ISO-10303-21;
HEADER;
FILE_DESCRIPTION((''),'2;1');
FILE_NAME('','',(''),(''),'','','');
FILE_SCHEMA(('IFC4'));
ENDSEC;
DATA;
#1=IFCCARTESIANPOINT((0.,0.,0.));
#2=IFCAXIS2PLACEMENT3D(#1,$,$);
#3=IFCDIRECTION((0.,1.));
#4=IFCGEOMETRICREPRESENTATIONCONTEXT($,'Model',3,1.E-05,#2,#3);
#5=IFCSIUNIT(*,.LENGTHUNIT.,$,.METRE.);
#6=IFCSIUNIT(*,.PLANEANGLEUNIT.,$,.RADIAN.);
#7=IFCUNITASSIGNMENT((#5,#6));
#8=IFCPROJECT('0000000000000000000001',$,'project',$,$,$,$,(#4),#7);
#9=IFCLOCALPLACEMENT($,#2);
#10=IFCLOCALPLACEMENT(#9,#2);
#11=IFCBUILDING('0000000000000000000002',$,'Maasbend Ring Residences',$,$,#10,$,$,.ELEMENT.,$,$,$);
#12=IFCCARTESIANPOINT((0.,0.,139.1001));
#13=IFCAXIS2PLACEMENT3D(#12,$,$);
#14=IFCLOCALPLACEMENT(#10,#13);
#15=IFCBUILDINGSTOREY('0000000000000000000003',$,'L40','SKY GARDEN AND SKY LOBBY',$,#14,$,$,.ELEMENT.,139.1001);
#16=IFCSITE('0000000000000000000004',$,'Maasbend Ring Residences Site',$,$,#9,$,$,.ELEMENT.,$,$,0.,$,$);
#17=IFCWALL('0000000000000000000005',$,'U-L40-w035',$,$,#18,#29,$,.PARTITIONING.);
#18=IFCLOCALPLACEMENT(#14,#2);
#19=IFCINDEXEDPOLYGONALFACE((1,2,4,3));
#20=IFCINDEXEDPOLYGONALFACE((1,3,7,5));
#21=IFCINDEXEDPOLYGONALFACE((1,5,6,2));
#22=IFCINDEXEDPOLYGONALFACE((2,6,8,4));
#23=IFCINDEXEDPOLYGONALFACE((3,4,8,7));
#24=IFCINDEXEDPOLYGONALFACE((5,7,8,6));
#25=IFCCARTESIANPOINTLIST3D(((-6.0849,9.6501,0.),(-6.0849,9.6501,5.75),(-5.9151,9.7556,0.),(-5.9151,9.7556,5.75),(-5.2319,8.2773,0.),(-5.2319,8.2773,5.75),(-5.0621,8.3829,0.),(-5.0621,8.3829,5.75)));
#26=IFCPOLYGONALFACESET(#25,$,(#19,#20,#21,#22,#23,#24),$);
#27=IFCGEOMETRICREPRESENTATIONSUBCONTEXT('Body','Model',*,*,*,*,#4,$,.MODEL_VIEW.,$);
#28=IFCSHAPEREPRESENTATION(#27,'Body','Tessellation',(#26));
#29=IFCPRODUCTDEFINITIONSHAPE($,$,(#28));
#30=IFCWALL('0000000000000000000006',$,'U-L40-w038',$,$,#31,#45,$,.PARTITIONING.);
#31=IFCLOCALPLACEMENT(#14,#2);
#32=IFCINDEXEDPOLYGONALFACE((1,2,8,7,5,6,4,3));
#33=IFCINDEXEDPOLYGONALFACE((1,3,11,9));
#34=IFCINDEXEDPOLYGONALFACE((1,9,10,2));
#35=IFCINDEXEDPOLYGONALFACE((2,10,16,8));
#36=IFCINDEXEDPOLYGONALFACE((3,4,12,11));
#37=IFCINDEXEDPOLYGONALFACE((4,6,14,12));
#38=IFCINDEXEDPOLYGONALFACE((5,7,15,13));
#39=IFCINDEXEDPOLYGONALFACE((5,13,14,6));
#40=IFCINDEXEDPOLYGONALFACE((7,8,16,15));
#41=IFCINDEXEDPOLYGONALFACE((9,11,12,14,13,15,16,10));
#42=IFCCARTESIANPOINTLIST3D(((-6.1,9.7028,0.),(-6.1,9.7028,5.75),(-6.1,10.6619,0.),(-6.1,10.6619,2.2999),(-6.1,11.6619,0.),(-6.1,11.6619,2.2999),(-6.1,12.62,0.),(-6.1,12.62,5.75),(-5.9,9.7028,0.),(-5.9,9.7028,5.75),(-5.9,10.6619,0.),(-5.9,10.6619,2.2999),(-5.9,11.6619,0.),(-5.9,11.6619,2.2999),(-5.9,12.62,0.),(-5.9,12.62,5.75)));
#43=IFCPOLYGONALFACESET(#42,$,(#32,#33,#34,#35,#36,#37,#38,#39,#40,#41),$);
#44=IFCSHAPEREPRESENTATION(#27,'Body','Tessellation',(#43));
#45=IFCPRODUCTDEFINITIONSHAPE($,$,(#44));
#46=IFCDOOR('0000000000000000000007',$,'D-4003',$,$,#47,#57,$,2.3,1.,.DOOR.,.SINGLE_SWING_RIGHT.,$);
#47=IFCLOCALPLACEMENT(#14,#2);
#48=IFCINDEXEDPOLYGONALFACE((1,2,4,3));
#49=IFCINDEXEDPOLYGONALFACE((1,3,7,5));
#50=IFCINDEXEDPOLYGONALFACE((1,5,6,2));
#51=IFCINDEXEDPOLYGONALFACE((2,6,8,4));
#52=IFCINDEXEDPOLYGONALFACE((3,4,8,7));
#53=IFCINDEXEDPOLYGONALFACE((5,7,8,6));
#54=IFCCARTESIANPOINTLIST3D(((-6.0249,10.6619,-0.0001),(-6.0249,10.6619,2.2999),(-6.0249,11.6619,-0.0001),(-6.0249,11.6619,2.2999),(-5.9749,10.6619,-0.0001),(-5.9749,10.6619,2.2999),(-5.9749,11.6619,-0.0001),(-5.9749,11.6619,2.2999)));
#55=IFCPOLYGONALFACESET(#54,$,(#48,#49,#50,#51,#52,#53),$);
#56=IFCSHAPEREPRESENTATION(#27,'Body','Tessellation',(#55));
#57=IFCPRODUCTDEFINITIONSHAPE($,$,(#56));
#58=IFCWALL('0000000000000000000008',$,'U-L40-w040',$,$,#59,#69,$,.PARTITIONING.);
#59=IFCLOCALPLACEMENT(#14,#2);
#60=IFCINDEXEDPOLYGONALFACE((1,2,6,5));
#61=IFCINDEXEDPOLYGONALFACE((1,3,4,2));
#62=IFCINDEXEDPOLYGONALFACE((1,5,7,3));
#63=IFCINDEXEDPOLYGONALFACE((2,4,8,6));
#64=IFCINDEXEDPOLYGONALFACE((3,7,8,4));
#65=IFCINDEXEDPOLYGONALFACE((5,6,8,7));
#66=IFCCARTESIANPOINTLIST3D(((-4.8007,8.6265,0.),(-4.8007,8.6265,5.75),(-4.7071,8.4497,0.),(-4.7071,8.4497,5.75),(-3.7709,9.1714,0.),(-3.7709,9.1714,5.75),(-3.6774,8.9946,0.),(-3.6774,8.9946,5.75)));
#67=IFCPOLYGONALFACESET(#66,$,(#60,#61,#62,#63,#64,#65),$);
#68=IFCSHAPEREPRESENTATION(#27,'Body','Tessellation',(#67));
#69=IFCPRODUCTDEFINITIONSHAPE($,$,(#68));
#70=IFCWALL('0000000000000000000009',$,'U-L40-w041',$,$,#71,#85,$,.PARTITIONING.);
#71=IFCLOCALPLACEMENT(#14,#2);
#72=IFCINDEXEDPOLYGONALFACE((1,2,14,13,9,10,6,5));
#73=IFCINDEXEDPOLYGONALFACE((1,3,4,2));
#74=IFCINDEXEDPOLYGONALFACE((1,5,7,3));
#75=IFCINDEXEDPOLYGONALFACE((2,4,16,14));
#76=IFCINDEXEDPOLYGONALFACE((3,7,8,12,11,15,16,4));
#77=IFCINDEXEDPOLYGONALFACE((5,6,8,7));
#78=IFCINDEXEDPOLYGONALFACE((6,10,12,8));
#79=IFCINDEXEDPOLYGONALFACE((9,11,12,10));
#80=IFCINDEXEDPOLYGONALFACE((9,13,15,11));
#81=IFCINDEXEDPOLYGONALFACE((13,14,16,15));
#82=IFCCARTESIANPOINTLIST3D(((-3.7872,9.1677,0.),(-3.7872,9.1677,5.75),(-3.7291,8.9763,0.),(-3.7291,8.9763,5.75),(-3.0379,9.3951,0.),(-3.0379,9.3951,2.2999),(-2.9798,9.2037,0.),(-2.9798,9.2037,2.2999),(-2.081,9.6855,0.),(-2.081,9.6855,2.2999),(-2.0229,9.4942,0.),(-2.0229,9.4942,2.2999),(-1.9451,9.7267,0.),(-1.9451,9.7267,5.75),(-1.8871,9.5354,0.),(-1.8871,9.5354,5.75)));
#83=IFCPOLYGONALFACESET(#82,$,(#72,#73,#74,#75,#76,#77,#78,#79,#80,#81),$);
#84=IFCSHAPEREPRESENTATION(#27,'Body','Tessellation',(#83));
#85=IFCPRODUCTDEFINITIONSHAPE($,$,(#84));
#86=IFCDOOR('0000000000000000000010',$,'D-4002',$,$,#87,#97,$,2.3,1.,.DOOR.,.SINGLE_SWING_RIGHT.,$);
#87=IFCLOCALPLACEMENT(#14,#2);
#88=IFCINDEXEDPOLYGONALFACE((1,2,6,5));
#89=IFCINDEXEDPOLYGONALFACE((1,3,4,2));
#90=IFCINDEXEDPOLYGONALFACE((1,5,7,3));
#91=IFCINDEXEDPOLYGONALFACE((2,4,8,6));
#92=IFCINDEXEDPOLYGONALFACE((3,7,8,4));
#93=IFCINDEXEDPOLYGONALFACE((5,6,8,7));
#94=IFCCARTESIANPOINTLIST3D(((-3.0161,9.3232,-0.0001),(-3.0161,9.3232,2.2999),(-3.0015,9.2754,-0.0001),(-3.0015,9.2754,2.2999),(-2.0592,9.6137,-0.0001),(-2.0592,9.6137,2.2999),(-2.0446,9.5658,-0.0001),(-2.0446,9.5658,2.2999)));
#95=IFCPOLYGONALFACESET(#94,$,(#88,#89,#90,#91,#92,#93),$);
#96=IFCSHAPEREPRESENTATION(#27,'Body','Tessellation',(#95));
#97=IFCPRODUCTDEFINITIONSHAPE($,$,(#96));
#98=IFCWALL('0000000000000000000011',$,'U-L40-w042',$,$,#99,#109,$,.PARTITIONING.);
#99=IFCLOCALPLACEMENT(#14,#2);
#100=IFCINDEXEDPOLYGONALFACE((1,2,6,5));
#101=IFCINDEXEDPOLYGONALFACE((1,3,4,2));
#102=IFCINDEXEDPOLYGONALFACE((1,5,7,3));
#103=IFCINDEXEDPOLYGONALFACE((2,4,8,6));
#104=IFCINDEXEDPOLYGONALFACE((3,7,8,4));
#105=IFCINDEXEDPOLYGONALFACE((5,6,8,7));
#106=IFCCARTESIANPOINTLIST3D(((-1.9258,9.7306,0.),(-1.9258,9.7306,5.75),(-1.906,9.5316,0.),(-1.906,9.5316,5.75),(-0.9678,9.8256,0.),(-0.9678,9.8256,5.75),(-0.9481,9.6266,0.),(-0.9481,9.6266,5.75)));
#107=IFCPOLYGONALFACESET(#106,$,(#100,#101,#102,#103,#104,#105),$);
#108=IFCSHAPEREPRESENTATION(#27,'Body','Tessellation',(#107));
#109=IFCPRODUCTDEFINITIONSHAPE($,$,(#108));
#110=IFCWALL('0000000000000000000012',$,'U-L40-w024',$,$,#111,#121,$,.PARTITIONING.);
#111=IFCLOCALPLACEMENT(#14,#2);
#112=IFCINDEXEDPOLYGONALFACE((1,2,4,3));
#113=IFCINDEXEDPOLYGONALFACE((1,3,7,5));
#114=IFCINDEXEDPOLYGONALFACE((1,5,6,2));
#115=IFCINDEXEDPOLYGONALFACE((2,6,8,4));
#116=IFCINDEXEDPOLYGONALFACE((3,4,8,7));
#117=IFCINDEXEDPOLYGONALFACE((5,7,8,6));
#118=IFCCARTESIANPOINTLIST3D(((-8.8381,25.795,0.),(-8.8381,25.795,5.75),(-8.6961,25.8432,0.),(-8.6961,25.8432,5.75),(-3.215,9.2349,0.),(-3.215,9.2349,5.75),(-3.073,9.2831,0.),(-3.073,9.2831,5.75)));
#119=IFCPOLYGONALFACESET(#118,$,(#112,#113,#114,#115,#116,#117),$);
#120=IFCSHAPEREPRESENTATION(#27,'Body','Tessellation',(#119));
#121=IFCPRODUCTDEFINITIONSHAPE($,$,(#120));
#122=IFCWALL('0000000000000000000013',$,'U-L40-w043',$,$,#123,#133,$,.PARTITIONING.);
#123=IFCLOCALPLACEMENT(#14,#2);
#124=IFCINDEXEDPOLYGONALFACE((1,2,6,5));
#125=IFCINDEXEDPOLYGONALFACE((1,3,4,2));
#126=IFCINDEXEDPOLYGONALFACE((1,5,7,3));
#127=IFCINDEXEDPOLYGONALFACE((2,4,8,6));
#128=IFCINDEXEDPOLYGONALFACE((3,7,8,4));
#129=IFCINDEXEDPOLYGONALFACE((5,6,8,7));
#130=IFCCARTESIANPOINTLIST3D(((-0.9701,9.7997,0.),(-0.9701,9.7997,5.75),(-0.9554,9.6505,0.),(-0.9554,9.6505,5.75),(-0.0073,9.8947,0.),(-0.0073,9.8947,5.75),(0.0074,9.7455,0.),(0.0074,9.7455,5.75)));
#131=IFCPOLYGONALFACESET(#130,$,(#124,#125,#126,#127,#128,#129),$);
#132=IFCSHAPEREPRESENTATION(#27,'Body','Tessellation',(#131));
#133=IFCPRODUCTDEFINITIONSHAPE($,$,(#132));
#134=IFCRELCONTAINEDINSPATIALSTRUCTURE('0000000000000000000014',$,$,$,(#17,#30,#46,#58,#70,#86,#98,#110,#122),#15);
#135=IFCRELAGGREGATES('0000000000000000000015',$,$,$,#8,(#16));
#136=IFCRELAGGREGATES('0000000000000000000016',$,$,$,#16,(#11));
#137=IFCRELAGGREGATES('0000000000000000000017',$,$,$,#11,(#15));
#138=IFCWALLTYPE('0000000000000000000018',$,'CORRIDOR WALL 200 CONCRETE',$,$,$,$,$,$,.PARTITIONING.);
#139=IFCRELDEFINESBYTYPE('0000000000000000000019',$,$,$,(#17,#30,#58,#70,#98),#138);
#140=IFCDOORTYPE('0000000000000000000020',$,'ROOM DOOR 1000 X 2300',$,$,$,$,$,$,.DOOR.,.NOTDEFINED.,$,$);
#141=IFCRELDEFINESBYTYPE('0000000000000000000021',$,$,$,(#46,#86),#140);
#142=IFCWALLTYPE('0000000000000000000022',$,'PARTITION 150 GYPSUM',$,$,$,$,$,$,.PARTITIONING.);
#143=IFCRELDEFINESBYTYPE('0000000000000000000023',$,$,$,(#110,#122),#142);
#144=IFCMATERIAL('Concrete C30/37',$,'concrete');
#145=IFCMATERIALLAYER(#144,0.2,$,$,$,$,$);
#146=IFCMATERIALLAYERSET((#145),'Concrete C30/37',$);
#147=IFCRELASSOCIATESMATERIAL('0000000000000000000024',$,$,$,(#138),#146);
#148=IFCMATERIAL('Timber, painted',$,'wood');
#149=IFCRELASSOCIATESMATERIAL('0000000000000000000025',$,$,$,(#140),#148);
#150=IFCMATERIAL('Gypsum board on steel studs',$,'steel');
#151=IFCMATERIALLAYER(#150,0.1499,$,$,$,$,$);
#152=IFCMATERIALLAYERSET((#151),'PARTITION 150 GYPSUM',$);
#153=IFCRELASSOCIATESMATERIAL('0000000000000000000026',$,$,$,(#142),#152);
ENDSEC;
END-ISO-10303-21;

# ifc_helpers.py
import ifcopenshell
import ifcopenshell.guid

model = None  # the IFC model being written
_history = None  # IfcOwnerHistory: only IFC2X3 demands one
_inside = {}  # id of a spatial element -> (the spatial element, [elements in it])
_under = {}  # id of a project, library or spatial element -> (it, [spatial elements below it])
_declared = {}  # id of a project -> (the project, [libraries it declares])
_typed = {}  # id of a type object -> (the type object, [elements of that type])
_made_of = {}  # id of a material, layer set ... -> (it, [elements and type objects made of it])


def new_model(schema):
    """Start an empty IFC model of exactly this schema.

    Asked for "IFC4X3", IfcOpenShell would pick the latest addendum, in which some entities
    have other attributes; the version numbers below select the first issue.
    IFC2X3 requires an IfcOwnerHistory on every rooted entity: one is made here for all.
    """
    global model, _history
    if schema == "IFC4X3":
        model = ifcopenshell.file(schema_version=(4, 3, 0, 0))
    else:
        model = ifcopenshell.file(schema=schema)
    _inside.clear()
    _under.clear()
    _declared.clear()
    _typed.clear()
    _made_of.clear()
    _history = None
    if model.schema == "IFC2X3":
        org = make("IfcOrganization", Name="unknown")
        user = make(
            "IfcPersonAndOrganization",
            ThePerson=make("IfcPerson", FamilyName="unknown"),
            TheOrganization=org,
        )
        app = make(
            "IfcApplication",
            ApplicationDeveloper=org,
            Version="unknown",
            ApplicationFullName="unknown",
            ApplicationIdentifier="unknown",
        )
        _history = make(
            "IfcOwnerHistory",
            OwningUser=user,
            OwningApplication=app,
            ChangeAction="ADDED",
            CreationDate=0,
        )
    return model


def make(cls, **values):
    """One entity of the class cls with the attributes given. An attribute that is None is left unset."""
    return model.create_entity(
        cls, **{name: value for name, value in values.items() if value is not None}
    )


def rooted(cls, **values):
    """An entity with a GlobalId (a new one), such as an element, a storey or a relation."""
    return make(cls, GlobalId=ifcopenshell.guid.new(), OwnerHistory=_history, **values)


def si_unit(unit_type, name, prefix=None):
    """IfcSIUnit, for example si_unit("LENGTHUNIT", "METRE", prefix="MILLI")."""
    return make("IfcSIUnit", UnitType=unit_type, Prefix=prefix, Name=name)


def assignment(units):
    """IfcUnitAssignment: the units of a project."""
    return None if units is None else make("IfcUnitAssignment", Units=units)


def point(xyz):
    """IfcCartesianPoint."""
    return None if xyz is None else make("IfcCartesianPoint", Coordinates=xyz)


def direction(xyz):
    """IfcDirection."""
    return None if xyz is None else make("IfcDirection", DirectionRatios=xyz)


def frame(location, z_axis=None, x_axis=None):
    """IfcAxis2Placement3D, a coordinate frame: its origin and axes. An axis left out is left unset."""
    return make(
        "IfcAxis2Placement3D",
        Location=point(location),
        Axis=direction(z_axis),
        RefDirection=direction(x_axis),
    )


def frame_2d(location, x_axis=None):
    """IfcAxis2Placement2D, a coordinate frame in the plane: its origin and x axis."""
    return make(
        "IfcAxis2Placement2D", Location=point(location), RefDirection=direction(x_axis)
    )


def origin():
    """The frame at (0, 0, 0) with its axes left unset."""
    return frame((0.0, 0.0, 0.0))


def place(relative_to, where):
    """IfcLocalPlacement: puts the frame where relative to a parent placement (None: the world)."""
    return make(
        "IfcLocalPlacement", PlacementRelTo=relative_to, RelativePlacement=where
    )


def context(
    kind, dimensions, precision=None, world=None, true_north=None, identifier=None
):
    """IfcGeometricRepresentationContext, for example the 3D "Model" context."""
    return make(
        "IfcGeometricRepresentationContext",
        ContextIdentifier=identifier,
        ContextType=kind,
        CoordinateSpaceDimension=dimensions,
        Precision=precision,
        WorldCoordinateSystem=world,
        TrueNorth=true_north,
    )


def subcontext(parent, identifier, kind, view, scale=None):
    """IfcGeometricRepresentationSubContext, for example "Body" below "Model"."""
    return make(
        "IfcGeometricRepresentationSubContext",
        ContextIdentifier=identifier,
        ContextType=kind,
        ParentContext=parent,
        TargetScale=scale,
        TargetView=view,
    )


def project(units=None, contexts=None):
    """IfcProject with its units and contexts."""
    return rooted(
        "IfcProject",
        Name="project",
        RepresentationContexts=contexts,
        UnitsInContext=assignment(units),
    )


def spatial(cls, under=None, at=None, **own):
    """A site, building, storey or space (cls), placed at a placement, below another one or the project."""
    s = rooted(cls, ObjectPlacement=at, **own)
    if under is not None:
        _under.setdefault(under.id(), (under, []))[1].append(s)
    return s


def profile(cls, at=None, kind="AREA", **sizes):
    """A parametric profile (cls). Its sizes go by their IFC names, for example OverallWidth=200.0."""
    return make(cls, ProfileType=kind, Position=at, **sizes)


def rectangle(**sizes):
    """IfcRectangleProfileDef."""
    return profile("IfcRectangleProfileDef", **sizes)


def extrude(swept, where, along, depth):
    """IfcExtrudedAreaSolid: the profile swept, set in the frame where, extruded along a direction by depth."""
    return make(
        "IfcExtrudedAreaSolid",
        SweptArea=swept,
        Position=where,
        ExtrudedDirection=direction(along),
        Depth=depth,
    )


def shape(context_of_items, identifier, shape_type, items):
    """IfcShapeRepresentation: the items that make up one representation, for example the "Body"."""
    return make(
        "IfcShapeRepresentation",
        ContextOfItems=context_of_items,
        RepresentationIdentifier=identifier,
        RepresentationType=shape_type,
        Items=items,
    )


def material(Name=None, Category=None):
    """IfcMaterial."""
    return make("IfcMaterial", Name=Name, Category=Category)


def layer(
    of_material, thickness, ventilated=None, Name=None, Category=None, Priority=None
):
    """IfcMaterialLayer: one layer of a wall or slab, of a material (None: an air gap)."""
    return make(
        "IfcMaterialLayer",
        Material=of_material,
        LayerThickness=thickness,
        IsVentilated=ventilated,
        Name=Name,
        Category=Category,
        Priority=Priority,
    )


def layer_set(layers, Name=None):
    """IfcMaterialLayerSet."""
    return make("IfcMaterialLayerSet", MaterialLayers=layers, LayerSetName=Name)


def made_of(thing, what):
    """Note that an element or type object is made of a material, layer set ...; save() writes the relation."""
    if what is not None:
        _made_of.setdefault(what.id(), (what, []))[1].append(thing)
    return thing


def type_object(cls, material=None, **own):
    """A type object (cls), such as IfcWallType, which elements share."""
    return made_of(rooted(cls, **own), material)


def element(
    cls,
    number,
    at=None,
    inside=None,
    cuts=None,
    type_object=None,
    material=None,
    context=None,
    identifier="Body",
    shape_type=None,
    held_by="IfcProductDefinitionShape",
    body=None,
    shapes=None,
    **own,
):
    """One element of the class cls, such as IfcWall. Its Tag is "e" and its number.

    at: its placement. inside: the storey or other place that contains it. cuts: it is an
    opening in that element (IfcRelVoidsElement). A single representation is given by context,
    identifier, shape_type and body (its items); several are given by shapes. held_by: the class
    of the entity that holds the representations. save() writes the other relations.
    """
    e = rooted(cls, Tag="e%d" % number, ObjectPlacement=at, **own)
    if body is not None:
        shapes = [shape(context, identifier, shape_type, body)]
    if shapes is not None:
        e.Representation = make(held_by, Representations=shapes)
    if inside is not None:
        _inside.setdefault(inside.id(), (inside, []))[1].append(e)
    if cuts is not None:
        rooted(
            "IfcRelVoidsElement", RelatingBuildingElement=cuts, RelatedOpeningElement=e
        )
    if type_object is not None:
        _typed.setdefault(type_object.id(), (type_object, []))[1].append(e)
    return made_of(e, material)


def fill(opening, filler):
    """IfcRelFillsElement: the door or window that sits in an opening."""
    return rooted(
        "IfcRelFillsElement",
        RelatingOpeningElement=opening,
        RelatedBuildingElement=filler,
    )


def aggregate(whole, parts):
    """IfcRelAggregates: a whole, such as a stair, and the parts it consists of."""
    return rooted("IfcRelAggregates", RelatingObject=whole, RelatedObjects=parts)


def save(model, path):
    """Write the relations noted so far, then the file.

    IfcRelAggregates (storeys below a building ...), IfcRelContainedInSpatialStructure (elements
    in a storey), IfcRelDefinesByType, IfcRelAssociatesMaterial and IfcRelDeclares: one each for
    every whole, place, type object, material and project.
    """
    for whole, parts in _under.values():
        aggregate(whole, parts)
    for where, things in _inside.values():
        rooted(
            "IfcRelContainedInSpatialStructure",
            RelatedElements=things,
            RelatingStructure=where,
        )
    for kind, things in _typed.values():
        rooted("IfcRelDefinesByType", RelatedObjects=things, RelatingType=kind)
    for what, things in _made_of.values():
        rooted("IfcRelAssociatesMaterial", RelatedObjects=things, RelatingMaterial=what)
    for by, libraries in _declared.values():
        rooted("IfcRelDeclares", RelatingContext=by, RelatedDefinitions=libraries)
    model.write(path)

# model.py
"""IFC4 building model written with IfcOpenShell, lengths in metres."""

from ifc_helpers import new_model, si_unit, direction, frame, frame_2d, origin, place, context, subcontext, project, spatial, rectangle, extrude, material, layer, layer_set, type_object, element, fill, save


model = new_model("IFC4")

# Units and contexts
model_context = context("Model", 3, precision=1e-05, world=origin(), true_north=direction((0.0, 1.0)))
body_context = subcontext(model_context, "Body", "Model", "MODEL_VIEW")
ifc_project = project(units=[si_unit("LENGTHUNIT", "METRE"), si_unit("PLANEANGLEUNIT", "RADIAN")], contexts=[model_context])

# Site, building, storey
site_placement = place(None, origin())
site = spatial("IfcSite", under=ifc_project, at=site_placement, Name="Maasbend Ring Residences Site", CompositionType="ELEMENT", RefElevation=0.0)
building_placement = place(site_placement, origin())
building = spatial("IfcBuilding", under=site, at=building_placement, Name="Maasbend Ring Residences", CompositionType="ELEMENT")
storey_placement = place(building_placement, frame((0.0, 0.0, 139.1001)))
storey = spatial("IfcBuildingStorey", under=building, at=storey_placement, Name="L40", Description="SKY GARDEN AND SKY LOBBY", CompositionType="ELEMENT", Elevation=139.1001)

# Wall
ifc_material_1 = material(Name="Concrete C30/37", Category="concrete")
ifc_layer_1 = layer(ifc_material_1, 0.2)
ifc_layer_set_1 = layer_set([ifc_layer_1], Name="Concrete C30/37")
wall_type_1 = type_object("IfcWallType", Name="CORRIDOR WALL 200 CONCRETE", PredefinedType="PARTITIONING", material=ifc_layer_set_1)
wall_1_placement = place(storey_placement, frame((-6.0, 9.7029, 0.0), z_axis=(0.0, 0.0, 1.0), x_axis=(0.527784, -0.849379, 0.0)))
element("IfcWall", 1, at=wall_1_placement, inside=storey, type_object=wall_type_1, Name="U-L40-w035", PredefinedType="PARTITIONING", context=body_context, shape_type="SweptSolid", body=[
    extrude(rectangle(XDim=1.6162, YDim=0.2, at=frame_2d((0.8081, 0.0))), origin(), (0.0, 0.0, 1.0), 5.75),
])

# Wall, opening, door
wall_2_placement = place(storey_placement, frame((-6.0, 9.7029, 0.0), z_axis=(0.0, 0.0, 1.0), x_axis=(0.0, 1.0, 0.0)))
wall_2 = element("IfcWall", 2, at=wall_2_placement, inside=storey, type_object=wall_type_1, Name="U-L40-w038", PredefinedType="PARTITIONING", context=body_context, shape_type="SweptSolid", body=[
    extrude(rectangle(XDim=2.9172, YDim=0.2, at=frame_2d((1.4585, 0.0))), origin(), (0.0, 0.0, 1.0), 5.75),
])
opening_1_placement = place(wall_2_placement, frame((0.959, 0.0, 0.0)))
opening_1 = element("IfcOpeningElement", 3, at=opening_1_placement, cuts=wall_2, PredefinedType="OPENING", context=body_context, shape_type="SweptSolid", body=[
    extrude(rectangle(XDim=1.0, YDim=2.3, at=frame_2d((0.5, 1.1499))), frame((0.0, 0.1099, 0.0), z_axis=(0.0, -1.0, 0.0), x_axis=(1.0, 0.0, 0.0)), (0.0, 0.0, 1.0), 0.22),
])
ifc_material_2 = material(Name="Timber, painted", Category="wood")
door_type_1 = type_object("IfcDoorType", Name="ROOM DOOR 1000 X 2300", OperationType="NOTDEFINED", PredefinedType="DOOR", material=ifc_material_2)
door_1_placement = place(opening_1_placement, origin())
door_1 = element("IfcDoor", 4, at=door_1_placement, inside=storey, type_object=door_type_1, Name="D-4003", OperationType="SINGLE_SWING_RIGHT", OverallHeight=2.3, OverallWidth=1.0, PredefinedType="DOOR", context=body_context, shape_type="SweptSolid", body=[
    extrude(rectangle(XDim=1.0, YDim=2.3, at=frame_2d((0.5, 1.1499))), frame((0.0, 0.0249, 0.0), z_axis=(0.0, -1.0, 0.0), x_axis=(1.0, 0.0, 0.0)), (0.0, 0.0, 1.0), 0.05),
])
fill(opening_1, door_1)

# Wall
wall_3_placement = place(storey_placement, frame((-4.7539, 8.5381, 0.0), z_axis=(0.0, 0.0, 1.0), x_axis=(0.88388, 0.467714, 0.0)))
element("IfcWall", 5, at=wall_3_placement, inside=storey, type_object=wall_type_1, Name="U-L40-w040", PredefinedType="PARTITIONING", context=body_context, shape_type="SweptSolid", body=[
    extrude(rectangle(XDim=1.165, YDim=0.2, at=frame_2d((0.5825, 0.0))), origin(), (0.0, 0.0, 1.0), 5.75),
])

# Wall, opening, door
wall_4_placement = place(storey_placement, frame((-3.7581, 9.072, 0.0), z_axis=(0.0, 0.0, 1.0), x_axis=(0.956896, 0.29043, 0.0)))
wall_4 = element("IfcWall", 6, at=wall_4_placement, inside=storey, type_object=wall_type_1, Name="U-L40-w041", PredefinedType="PARTITIONING", context=body_context, shape_type="SweptSolid", body=[
    extrude(rectangle(XDim=1.925, YDim=0.2, at=frame_2d((0.9624, 0.0))), origin(), (0.0, 0.0, 1.0), 5.75),
])
opening_2_placement = place(wall_4_placement, frame((0.783, 0.0, 0.0)))
opening_2 = element("IfcOpeningElement", 7, at=opening_2_placement, cuts=wall_4, PredefinedType="OPENING", context=body_context, shape_type="SweptSolid", body=[
    extrude(rectangle(XDim=1.0, YDim=2.3, at=frame_2d((0.5, 1.1499))), frame((0.0, 0.1099, 0.0), z_axis=(0.0, -1.0, 0.0), x_axis=(1.0, 0.0, 0.0)), (0.0, 0.0, 1.0), 0.22),
])
door_2_placement = place(opening_2_placement, origin())
door_2 = element("IfcDoor", 8, at=door_2_placement, inside=storey, type_object=door_type_1, Name="D-4002", OperationType="SINGLE_SWING_RIGHT", OverallHeight=2.3, OverallWidth=1.0, PredefinedType="DOOR", context=body_context, shape_type="SweptSolid", body=[
    extrude(rectangle(XDim=1.0, YDim=2.3, at=frame_2d((0.5, 1.1499))), frame((0.0, 0.0249, 0.0), z_axis=(0.0, -1.0, 0.0), x_axis=(1.0, 0.0, 0.0)), (0.0, 0.0, 1.0), 0.05),
])
fill(opening_2, door_2)

# Walls
wall_5_placement = place(storey_placement, frame((-1.916, 9.6311, 0.0), z_axis=(0.0, 0.0, 1.0), x_axis=(0.995122, 0.09865, 0.0)))
element("IfcWall", 9, at=wall_5_placement, inside=storey, type_object=wall_type_1, Name="U-L40-w042", PredefinedType="PARTITIONING", context=body_context, shape_type="SweptSolid", body=[
    extrude(rectangle(XDim=0.9626, YDim=0.2, at=frame_2d((0.4814, 0.0))), origin(), (0.0, 0.0, 1.0), 5.75),
])
ifc_material_3 = material(Name="Gypsum board on steel studs", Category="steel")
ifc_layer_2 = layer(ifc_material_3, 0.1499)
ifc_layer_set_2 = layer_set([ifc_layer_2], Name="PARTITION 150 GYPSUM")
wall_type_2 = type_object("IfcWallType", Name="PARTITION 150 GYPSUM", PredefinedType="PARTITIONING", material=ifc_layer_set_2)
wall_6_placement = place(storey_placement, frame((-8.7671, 25.8191, 0.0), z_axis=(0.0, 0.0, 1.0), x_axis=(0.321525, -0.946901, 0.0)))
element("IfcWall", 10, at=wall_6_placement, inside=storey, type_object=wall_type_2, Name="U-L40-w024", PredefinedType="PARTITIONING", context=body_context, shape_type="SweptSolid", body=[
    extrude(rectangle(XDim=17.4888, YDim=0.1499, at=frame_2d((8.7444, 0.0))), origin(), (0.0, 0.0, 1.0), 5.75),
])
wall_7_placement = place(storey_placement, frame((-0.9629, 9.7251, 0.0), z_axis=(0.0, 0.0, 1.0), x_axis=(0.995171, 0.098155, 0.0)))
element("IfcWall", 11, at=wall_7_placement, inside=storey, type_object=wall_type_2, Name="U-L40-w043", PredefinedType="PARTITIONING", context=body_context, shape_type="SweptSolid", body=[
    extrude(rectangle(XDim=0.9675, YDim=0.1499, at=frame_2d((0.4839, 0.0))), origin(), (0.0, 0.0, 1.0), 5.75),
])

save(model, "model.ifc")
